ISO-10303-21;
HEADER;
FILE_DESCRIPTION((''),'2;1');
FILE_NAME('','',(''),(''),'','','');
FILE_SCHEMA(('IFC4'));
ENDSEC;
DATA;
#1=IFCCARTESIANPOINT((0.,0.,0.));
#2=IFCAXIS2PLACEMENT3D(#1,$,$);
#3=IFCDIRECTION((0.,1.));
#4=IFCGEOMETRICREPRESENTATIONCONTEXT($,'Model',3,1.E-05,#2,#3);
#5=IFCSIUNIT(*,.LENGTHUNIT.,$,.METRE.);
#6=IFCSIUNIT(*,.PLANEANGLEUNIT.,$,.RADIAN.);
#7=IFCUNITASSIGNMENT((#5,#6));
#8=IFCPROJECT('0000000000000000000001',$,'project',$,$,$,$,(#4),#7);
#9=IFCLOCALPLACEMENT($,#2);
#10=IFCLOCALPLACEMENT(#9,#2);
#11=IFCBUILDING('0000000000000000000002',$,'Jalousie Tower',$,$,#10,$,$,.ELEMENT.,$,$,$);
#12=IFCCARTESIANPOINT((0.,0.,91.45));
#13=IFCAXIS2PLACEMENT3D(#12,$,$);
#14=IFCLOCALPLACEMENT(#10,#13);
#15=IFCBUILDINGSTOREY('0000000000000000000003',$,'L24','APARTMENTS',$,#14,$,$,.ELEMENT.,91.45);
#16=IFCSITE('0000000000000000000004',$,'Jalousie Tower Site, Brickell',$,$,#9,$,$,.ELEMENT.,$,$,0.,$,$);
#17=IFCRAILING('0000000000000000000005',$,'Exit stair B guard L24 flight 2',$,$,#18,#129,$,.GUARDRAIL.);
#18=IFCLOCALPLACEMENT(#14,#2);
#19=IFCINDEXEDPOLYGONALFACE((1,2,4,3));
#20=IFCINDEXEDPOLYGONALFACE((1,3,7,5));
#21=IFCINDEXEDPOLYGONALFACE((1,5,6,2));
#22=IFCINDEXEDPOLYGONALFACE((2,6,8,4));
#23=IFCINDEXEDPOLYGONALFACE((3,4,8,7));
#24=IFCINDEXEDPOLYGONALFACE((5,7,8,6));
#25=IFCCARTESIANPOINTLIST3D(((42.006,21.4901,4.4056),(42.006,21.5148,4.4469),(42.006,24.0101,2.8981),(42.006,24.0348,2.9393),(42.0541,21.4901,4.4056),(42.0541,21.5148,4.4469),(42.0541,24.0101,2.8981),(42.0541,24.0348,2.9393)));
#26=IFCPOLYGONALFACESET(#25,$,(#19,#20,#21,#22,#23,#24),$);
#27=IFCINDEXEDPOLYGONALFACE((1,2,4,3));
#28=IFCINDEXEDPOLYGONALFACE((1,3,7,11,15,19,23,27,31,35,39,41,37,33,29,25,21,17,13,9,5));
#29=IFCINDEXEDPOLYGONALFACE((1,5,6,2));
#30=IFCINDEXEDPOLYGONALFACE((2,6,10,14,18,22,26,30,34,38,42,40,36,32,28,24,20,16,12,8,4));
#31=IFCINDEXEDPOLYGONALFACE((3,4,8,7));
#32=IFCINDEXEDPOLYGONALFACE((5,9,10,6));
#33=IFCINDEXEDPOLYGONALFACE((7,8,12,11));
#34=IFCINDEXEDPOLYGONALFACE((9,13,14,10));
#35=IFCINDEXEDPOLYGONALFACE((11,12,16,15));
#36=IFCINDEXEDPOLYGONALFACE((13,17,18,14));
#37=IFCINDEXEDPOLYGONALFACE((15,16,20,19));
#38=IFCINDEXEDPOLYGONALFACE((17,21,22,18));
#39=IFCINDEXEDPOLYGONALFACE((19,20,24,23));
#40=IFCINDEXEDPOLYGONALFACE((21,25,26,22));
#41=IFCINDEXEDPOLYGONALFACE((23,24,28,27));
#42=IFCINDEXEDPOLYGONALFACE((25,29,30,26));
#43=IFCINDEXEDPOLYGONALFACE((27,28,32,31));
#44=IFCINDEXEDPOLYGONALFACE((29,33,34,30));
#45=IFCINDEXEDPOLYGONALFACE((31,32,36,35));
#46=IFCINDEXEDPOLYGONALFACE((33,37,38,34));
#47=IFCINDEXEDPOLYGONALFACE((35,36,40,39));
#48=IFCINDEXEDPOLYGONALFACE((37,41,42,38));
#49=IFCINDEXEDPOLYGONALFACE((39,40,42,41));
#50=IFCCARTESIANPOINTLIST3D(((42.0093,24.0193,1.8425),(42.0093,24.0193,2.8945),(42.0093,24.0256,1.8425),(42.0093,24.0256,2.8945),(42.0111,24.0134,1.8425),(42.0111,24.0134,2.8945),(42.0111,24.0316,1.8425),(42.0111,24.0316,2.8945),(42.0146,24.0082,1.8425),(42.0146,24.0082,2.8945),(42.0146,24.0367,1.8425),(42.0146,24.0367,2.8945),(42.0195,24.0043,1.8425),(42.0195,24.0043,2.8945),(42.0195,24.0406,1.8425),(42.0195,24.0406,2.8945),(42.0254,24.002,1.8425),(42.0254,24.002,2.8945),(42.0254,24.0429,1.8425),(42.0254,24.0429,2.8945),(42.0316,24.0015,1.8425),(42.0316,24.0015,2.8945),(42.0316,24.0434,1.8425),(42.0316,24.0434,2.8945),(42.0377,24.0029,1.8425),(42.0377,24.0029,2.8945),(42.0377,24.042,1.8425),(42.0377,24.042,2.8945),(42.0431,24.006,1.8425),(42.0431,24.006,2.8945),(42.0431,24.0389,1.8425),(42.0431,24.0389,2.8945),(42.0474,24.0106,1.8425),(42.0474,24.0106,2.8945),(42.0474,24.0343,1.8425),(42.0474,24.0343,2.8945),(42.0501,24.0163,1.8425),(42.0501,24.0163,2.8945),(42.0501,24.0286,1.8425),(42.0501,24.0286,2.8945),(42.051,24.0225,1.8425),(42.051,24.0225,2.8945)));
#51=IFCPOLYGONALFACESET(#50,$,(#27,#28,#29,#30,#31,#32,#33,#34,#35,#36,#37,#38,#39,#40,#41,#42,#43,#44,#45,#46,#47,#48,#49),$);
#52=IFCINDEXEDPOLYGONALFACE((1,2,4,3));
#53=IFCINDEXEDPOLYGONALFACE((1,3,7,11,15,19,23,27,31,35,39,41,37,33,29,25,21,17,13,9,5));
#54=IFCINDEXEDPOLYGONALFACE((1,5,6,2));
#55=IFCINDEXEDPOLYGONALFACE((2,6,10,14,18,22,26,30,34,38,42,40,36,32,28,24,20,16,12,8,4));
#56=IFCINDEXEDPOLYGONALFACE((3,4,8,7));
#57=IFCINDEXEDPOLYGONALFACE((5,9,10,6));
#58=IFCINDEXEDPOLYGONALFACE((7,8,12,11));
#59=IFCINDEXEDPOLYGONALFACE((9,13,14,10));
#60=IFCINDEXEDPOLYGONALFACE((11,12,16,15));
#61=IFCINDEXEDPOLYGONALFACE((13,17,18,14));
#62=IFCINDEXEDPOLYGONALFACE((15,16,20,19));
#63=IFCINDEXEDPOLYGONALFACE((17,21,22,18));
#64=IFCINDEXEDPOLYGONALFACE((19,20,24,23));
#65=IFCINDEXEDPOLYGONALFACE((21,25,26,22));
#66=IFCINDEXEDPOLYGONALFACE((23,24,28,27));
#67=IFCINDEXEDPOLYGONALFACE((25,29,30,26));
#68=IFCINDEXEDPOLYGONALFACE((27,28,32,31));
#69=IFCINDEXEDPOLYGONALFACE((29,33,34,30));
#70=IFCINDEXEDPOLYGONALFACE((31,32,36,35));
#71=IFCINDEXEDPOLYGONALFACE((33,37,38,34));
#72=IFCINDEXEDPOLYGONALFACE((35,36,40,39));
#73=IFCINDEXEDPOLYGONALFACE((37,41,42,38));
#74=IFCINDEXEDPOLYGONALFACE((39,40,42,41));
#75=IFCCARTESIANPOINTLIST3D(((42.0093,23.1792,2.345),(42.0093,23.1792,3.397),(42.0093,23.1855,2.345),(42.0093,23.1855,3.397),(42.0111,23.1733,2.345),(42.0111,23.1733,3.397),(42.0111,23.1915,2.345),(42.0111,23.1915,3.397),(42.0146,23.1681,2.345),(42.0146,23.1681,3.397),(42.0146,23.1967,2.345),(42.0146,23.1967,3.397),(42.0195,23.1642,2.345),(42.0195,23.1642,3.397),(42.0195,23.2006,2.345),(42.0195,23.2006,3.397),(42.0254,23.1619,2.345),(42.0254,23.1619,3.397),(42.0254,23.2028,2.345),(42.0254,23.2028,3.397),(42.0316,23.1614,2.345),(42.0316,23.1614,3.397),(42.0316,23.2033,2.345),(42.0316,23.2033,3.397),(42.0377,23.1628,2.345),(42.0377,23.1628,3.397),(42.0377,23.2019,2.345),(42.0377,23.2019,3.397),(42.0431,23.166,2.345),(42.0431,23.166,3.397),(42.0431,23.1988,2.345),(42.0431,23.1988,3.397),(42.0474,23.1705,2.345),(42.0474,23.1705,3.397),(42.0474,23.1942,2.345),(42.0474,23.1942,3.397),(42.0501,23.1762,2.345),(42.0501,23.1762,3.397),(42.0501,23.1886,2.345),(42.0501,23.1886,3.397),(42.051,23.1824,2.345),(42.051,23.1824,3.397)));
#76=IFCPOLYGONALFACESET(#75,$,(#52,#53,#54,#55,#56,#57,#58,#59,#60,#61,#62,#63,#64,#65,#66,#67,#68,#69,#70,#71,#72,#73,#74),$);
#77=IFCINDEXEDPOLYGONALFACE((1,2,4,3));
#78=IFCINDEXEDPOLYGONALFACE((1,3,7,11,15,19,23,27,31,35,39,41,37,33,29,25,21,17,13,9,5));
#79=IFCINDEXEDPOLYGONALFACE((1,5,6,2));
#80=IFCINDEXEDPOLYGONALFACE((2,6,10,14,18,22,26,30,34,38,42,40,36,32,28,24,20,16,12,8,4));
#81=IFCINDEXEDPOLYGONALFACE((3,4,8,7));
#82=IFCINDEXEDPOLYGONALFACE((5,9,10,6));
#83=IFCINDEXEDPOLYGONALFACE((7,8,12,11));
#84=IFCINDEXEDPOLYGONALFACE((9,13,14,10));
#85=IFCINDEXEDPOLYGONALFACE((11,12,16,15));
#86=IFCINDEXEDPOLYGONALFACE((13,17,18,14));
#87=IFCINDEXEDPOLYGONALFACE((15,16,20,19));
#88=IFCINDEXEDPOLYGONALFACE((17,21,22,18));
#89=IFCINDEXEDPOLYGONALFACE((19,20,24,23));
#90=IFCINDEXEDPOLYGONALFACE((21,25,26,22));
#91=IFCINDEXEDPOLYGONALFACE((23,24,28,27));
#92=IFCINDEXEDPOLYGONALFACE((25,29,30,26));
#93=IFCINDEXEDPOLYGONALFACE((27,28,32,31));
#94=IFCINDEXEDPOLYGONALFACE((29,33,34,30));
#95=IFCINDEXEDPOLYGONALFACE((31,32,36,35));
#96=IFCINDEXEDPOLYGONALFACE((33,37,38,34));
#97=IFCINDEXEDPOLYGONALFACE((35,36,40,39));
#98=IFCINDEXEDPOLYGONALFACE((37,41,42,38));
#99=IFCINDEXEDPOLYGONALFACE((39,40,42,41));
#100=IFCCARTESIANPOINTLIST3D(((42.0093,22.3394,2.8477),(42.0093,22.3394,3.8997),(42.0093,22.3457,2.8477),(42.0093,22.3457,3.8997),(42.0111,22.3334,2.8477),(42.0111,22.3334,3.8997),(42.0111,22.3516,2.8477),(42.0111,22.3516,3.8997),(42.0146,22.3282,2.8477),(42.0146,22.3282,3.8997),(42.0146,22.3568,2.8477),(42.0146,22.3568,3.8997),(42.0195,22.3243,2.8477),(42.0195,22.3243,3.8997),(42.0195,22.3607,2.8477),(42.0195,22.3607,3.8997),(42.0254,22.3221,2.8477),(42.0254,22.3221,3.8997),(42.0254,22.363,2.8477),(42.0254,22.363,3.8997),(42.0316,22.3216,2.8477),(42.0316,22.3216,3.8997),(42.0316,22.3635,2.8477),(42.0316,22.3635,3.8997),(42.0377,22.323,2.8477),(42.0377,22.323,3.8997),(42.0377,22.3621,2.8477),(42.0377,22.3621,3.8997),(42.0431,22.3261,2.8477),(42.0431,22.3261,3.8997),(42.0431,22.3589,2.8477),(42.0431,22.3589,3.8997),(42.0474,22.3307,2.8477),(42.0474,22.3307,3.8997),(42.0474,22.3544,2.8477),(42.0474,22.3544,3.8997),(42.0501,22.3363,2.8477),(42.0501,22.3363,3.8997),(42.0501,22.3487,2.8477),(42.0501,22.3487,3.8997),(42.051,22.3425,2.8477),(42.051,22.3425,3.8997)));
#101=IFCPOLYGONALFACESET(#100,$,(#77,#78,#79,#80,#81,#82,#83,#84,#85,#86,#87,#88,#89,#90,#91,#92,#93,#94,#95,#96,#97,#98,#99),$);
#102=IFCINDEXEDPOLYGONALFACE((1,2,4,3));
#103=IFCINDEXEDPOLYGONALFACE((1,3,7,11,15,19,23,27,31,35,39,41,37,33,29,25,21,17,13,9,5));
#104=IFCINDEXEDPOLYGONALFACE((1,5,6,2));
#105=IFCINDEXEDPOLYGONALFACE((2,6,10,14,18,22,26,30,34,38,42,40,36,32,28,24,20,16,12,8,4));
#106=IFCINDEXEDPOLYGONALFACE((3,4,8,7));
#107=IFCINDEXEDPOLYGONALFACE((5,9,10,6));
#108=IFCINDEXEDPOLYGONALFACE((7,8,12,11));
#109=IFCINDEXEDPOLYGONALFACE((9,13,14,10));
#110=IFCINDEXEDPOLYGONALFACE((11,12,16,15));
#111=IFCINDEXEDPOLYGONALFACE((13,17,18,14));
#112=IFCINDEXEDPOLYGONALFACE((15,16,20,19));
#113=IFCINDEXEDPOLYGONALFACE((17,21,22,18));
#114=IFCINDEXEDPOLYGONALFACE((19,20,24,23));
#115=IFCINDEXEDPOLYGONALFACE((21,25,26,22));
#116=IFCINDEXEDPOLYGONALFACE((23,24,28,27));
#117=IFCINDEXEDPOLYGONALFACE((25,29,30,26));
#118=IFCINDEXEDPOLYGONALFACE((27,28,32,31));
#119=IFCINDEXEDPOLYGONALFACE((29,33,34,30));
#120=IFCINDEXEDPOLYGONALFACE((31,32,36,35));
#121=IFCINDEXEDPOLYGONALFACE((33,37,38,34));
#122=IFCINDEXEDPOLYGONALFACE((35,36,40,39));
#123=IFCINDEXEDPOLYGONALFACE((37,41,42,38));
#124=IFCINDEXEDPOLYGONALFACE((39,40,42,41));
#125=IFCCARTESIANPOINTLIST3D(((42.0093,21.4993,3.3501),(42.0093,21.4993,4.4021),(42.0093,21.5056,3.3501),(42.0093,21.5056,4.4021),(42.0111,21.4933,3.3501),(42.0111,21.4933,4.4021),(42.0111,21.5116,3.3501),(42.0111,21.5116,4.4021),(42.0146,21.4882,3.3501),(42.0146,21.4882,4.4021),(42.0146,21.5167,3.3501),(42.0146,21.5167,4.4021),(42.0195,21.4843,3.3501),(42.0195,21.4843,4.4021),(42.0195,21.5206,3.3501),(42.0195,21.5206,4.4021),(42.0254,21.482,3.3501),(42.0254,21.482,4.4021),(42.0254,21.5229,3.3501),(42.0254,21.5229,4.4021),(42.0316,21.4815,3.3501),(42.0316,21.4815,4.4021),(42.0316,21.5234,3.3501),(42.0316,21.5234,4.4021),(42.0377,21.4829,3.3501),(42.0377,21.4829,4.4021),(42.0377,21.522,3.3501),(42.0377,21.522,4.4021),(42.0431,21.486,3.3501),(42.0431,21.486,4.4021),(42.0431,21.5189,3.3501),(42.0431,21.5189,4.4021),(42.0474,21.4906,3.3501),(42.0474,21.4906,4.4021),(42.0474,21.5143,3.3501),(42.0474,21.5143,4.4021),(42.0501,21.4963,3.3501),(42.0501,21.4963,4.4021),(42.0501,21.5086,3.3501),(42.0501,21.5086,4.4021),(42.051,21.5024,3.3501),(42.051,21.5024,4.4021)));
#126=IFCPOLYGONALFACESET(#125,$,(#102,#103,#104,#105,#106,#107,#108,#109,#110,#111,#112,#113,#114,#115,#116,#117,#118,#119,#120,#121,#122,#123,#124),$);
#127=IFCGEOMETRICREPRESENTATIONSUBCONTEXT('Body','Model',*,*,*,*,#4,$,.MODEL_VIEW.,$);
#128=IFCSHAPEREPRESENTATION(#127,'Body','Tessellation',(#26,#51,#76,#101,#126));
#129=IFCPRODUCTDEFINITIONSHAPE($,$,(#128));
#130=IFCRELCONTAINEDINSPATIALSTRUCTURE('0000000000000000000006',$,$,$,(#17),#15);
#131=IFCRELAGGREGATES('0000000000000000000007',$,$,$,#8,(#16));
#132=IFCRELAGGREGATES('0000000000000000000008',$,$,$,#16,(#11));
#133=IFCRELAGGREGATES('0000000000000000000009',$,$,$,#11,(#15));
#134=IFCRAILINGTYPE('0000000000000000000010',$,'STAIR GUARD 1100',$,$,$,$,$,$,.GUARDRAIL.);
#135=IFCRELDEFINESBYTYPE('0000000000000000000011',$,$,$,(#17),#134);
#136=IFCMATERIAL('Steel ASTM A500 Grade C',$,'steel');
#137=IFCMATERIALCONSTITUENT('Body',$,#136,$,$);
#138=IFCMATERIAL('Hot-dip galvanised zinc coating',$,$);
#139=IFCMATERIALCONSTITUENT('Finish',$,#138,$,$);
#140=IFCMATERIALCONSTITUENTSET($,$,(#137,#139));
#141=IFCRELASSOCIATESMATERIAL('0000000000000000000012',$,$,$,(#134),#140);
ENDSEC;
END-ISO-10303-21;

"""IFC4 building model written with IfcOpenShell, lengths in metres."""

from ifc_helpers import new_model, si_unit, direction, frame, origin, origin_2d, place, context, subcontext, project, spatial, rectangle, circle, extrude, material, constituent, constituent_set, type_object, element, save


model = new_model("IFC4")

# Units and contexts
model_context = context("Model", 3, precision=1e-05, world=origin(), true_north=direction((0.0, 1.0)))
body_context = subcontext(model_context, "Body", "Model", "MODEL_VIEW")
ifc_project = project(units=[si_unit("LENGTHUNIT", "METRE"), si_unit("PLANEANGLEUNIT", "RADIAN")], contexts=[model_context])

# Site, building, storey
site_placement = place(None, origin())
site = spatial("IfcSite", under=ifc_project, at=site_placement, Name="Jalousie Tower Site, Brickell", CompositionType="ELEMENT", RefElevation=0.0)
building_placement = place(site_placement, origin())
building = spatial("IfcBuilding", under=site, at=building_placement, Name="Jalousie Tower", CompositionType="ELEMENT")
storey_placement = place(building_placement, frame((0.0, 0.0, 91.45)))
storey = spatial("IfcBuildingStorey", under=building, at=storey_placement, Name="L24", Description="APARTMENTS", CompositionType="ELEMENT", Elevation=91.45)

# Railing
ifc_material_1 = material(Name="Steel ASTM A500 Grade C", Category="steel")
ifc_constituent_1 = constituent(ifc_material_1, Name="Body")
ifc_material_2 = material(Name="Hot-dip galvanised zinc coating")
ifc_constituent_2 = constituent(ifc_material_2, Name="Finish")
ifc_constituent_set_1 = constituent_set(constituents=[ifc_constituent_1, ifc_constituent_2])
railing_type_1 = type_object("IfcRailingType", Name="STAIR GUARD 1100", PredefinedType="GUARDRAIL", material=ifc_constituent_set_1)
railing_1_placement = place(storey_placement, frame((42.03, 24.0225, 1.8425)))
element("IfcRailing", 1, at=railing_1_placement, inside=storey, type_object=railing_type_1, Name="Exit stair B guard L24 flight 2", PredefinedType="GUARDRAIL", context=body_context, shape_type="SweptSolid", body=[
    extrude(rectangle(XDim=0.0481, YDim=0.0481, at=origin_2d()), frame((0.0, 0.0, 1.0762), z_axis=(0.0, -0.85816, 0.513383), x_axis=(1.0, 0.0, 0.0)), (0.0, 0.0, 1.0), 2.9365),
    extrude(circle(Radius=0.021, at=origin_2d()), origin(), (0.0, 0.0, 1.0), 1.052),
    extrude(circle(Radius=0.021, at=origin_2d()), frame((0.0, -0.8401, 0.5024)), (0.0, 0.0, 1.0), 1.052),
    extrude(circle(Radius=0.021, at=origin_2d()), frame((0.0, -1.6799, 1.0051)), (0.0, 0.0, 1.0), 1.052),
    extrude(circle(Radius=0.021, at=origin_2d()), frame((0.0, -2.52, 1.5076)), (0.0, 0.0, 1.0), 1.052),
])

save(model, "model.ifc")
